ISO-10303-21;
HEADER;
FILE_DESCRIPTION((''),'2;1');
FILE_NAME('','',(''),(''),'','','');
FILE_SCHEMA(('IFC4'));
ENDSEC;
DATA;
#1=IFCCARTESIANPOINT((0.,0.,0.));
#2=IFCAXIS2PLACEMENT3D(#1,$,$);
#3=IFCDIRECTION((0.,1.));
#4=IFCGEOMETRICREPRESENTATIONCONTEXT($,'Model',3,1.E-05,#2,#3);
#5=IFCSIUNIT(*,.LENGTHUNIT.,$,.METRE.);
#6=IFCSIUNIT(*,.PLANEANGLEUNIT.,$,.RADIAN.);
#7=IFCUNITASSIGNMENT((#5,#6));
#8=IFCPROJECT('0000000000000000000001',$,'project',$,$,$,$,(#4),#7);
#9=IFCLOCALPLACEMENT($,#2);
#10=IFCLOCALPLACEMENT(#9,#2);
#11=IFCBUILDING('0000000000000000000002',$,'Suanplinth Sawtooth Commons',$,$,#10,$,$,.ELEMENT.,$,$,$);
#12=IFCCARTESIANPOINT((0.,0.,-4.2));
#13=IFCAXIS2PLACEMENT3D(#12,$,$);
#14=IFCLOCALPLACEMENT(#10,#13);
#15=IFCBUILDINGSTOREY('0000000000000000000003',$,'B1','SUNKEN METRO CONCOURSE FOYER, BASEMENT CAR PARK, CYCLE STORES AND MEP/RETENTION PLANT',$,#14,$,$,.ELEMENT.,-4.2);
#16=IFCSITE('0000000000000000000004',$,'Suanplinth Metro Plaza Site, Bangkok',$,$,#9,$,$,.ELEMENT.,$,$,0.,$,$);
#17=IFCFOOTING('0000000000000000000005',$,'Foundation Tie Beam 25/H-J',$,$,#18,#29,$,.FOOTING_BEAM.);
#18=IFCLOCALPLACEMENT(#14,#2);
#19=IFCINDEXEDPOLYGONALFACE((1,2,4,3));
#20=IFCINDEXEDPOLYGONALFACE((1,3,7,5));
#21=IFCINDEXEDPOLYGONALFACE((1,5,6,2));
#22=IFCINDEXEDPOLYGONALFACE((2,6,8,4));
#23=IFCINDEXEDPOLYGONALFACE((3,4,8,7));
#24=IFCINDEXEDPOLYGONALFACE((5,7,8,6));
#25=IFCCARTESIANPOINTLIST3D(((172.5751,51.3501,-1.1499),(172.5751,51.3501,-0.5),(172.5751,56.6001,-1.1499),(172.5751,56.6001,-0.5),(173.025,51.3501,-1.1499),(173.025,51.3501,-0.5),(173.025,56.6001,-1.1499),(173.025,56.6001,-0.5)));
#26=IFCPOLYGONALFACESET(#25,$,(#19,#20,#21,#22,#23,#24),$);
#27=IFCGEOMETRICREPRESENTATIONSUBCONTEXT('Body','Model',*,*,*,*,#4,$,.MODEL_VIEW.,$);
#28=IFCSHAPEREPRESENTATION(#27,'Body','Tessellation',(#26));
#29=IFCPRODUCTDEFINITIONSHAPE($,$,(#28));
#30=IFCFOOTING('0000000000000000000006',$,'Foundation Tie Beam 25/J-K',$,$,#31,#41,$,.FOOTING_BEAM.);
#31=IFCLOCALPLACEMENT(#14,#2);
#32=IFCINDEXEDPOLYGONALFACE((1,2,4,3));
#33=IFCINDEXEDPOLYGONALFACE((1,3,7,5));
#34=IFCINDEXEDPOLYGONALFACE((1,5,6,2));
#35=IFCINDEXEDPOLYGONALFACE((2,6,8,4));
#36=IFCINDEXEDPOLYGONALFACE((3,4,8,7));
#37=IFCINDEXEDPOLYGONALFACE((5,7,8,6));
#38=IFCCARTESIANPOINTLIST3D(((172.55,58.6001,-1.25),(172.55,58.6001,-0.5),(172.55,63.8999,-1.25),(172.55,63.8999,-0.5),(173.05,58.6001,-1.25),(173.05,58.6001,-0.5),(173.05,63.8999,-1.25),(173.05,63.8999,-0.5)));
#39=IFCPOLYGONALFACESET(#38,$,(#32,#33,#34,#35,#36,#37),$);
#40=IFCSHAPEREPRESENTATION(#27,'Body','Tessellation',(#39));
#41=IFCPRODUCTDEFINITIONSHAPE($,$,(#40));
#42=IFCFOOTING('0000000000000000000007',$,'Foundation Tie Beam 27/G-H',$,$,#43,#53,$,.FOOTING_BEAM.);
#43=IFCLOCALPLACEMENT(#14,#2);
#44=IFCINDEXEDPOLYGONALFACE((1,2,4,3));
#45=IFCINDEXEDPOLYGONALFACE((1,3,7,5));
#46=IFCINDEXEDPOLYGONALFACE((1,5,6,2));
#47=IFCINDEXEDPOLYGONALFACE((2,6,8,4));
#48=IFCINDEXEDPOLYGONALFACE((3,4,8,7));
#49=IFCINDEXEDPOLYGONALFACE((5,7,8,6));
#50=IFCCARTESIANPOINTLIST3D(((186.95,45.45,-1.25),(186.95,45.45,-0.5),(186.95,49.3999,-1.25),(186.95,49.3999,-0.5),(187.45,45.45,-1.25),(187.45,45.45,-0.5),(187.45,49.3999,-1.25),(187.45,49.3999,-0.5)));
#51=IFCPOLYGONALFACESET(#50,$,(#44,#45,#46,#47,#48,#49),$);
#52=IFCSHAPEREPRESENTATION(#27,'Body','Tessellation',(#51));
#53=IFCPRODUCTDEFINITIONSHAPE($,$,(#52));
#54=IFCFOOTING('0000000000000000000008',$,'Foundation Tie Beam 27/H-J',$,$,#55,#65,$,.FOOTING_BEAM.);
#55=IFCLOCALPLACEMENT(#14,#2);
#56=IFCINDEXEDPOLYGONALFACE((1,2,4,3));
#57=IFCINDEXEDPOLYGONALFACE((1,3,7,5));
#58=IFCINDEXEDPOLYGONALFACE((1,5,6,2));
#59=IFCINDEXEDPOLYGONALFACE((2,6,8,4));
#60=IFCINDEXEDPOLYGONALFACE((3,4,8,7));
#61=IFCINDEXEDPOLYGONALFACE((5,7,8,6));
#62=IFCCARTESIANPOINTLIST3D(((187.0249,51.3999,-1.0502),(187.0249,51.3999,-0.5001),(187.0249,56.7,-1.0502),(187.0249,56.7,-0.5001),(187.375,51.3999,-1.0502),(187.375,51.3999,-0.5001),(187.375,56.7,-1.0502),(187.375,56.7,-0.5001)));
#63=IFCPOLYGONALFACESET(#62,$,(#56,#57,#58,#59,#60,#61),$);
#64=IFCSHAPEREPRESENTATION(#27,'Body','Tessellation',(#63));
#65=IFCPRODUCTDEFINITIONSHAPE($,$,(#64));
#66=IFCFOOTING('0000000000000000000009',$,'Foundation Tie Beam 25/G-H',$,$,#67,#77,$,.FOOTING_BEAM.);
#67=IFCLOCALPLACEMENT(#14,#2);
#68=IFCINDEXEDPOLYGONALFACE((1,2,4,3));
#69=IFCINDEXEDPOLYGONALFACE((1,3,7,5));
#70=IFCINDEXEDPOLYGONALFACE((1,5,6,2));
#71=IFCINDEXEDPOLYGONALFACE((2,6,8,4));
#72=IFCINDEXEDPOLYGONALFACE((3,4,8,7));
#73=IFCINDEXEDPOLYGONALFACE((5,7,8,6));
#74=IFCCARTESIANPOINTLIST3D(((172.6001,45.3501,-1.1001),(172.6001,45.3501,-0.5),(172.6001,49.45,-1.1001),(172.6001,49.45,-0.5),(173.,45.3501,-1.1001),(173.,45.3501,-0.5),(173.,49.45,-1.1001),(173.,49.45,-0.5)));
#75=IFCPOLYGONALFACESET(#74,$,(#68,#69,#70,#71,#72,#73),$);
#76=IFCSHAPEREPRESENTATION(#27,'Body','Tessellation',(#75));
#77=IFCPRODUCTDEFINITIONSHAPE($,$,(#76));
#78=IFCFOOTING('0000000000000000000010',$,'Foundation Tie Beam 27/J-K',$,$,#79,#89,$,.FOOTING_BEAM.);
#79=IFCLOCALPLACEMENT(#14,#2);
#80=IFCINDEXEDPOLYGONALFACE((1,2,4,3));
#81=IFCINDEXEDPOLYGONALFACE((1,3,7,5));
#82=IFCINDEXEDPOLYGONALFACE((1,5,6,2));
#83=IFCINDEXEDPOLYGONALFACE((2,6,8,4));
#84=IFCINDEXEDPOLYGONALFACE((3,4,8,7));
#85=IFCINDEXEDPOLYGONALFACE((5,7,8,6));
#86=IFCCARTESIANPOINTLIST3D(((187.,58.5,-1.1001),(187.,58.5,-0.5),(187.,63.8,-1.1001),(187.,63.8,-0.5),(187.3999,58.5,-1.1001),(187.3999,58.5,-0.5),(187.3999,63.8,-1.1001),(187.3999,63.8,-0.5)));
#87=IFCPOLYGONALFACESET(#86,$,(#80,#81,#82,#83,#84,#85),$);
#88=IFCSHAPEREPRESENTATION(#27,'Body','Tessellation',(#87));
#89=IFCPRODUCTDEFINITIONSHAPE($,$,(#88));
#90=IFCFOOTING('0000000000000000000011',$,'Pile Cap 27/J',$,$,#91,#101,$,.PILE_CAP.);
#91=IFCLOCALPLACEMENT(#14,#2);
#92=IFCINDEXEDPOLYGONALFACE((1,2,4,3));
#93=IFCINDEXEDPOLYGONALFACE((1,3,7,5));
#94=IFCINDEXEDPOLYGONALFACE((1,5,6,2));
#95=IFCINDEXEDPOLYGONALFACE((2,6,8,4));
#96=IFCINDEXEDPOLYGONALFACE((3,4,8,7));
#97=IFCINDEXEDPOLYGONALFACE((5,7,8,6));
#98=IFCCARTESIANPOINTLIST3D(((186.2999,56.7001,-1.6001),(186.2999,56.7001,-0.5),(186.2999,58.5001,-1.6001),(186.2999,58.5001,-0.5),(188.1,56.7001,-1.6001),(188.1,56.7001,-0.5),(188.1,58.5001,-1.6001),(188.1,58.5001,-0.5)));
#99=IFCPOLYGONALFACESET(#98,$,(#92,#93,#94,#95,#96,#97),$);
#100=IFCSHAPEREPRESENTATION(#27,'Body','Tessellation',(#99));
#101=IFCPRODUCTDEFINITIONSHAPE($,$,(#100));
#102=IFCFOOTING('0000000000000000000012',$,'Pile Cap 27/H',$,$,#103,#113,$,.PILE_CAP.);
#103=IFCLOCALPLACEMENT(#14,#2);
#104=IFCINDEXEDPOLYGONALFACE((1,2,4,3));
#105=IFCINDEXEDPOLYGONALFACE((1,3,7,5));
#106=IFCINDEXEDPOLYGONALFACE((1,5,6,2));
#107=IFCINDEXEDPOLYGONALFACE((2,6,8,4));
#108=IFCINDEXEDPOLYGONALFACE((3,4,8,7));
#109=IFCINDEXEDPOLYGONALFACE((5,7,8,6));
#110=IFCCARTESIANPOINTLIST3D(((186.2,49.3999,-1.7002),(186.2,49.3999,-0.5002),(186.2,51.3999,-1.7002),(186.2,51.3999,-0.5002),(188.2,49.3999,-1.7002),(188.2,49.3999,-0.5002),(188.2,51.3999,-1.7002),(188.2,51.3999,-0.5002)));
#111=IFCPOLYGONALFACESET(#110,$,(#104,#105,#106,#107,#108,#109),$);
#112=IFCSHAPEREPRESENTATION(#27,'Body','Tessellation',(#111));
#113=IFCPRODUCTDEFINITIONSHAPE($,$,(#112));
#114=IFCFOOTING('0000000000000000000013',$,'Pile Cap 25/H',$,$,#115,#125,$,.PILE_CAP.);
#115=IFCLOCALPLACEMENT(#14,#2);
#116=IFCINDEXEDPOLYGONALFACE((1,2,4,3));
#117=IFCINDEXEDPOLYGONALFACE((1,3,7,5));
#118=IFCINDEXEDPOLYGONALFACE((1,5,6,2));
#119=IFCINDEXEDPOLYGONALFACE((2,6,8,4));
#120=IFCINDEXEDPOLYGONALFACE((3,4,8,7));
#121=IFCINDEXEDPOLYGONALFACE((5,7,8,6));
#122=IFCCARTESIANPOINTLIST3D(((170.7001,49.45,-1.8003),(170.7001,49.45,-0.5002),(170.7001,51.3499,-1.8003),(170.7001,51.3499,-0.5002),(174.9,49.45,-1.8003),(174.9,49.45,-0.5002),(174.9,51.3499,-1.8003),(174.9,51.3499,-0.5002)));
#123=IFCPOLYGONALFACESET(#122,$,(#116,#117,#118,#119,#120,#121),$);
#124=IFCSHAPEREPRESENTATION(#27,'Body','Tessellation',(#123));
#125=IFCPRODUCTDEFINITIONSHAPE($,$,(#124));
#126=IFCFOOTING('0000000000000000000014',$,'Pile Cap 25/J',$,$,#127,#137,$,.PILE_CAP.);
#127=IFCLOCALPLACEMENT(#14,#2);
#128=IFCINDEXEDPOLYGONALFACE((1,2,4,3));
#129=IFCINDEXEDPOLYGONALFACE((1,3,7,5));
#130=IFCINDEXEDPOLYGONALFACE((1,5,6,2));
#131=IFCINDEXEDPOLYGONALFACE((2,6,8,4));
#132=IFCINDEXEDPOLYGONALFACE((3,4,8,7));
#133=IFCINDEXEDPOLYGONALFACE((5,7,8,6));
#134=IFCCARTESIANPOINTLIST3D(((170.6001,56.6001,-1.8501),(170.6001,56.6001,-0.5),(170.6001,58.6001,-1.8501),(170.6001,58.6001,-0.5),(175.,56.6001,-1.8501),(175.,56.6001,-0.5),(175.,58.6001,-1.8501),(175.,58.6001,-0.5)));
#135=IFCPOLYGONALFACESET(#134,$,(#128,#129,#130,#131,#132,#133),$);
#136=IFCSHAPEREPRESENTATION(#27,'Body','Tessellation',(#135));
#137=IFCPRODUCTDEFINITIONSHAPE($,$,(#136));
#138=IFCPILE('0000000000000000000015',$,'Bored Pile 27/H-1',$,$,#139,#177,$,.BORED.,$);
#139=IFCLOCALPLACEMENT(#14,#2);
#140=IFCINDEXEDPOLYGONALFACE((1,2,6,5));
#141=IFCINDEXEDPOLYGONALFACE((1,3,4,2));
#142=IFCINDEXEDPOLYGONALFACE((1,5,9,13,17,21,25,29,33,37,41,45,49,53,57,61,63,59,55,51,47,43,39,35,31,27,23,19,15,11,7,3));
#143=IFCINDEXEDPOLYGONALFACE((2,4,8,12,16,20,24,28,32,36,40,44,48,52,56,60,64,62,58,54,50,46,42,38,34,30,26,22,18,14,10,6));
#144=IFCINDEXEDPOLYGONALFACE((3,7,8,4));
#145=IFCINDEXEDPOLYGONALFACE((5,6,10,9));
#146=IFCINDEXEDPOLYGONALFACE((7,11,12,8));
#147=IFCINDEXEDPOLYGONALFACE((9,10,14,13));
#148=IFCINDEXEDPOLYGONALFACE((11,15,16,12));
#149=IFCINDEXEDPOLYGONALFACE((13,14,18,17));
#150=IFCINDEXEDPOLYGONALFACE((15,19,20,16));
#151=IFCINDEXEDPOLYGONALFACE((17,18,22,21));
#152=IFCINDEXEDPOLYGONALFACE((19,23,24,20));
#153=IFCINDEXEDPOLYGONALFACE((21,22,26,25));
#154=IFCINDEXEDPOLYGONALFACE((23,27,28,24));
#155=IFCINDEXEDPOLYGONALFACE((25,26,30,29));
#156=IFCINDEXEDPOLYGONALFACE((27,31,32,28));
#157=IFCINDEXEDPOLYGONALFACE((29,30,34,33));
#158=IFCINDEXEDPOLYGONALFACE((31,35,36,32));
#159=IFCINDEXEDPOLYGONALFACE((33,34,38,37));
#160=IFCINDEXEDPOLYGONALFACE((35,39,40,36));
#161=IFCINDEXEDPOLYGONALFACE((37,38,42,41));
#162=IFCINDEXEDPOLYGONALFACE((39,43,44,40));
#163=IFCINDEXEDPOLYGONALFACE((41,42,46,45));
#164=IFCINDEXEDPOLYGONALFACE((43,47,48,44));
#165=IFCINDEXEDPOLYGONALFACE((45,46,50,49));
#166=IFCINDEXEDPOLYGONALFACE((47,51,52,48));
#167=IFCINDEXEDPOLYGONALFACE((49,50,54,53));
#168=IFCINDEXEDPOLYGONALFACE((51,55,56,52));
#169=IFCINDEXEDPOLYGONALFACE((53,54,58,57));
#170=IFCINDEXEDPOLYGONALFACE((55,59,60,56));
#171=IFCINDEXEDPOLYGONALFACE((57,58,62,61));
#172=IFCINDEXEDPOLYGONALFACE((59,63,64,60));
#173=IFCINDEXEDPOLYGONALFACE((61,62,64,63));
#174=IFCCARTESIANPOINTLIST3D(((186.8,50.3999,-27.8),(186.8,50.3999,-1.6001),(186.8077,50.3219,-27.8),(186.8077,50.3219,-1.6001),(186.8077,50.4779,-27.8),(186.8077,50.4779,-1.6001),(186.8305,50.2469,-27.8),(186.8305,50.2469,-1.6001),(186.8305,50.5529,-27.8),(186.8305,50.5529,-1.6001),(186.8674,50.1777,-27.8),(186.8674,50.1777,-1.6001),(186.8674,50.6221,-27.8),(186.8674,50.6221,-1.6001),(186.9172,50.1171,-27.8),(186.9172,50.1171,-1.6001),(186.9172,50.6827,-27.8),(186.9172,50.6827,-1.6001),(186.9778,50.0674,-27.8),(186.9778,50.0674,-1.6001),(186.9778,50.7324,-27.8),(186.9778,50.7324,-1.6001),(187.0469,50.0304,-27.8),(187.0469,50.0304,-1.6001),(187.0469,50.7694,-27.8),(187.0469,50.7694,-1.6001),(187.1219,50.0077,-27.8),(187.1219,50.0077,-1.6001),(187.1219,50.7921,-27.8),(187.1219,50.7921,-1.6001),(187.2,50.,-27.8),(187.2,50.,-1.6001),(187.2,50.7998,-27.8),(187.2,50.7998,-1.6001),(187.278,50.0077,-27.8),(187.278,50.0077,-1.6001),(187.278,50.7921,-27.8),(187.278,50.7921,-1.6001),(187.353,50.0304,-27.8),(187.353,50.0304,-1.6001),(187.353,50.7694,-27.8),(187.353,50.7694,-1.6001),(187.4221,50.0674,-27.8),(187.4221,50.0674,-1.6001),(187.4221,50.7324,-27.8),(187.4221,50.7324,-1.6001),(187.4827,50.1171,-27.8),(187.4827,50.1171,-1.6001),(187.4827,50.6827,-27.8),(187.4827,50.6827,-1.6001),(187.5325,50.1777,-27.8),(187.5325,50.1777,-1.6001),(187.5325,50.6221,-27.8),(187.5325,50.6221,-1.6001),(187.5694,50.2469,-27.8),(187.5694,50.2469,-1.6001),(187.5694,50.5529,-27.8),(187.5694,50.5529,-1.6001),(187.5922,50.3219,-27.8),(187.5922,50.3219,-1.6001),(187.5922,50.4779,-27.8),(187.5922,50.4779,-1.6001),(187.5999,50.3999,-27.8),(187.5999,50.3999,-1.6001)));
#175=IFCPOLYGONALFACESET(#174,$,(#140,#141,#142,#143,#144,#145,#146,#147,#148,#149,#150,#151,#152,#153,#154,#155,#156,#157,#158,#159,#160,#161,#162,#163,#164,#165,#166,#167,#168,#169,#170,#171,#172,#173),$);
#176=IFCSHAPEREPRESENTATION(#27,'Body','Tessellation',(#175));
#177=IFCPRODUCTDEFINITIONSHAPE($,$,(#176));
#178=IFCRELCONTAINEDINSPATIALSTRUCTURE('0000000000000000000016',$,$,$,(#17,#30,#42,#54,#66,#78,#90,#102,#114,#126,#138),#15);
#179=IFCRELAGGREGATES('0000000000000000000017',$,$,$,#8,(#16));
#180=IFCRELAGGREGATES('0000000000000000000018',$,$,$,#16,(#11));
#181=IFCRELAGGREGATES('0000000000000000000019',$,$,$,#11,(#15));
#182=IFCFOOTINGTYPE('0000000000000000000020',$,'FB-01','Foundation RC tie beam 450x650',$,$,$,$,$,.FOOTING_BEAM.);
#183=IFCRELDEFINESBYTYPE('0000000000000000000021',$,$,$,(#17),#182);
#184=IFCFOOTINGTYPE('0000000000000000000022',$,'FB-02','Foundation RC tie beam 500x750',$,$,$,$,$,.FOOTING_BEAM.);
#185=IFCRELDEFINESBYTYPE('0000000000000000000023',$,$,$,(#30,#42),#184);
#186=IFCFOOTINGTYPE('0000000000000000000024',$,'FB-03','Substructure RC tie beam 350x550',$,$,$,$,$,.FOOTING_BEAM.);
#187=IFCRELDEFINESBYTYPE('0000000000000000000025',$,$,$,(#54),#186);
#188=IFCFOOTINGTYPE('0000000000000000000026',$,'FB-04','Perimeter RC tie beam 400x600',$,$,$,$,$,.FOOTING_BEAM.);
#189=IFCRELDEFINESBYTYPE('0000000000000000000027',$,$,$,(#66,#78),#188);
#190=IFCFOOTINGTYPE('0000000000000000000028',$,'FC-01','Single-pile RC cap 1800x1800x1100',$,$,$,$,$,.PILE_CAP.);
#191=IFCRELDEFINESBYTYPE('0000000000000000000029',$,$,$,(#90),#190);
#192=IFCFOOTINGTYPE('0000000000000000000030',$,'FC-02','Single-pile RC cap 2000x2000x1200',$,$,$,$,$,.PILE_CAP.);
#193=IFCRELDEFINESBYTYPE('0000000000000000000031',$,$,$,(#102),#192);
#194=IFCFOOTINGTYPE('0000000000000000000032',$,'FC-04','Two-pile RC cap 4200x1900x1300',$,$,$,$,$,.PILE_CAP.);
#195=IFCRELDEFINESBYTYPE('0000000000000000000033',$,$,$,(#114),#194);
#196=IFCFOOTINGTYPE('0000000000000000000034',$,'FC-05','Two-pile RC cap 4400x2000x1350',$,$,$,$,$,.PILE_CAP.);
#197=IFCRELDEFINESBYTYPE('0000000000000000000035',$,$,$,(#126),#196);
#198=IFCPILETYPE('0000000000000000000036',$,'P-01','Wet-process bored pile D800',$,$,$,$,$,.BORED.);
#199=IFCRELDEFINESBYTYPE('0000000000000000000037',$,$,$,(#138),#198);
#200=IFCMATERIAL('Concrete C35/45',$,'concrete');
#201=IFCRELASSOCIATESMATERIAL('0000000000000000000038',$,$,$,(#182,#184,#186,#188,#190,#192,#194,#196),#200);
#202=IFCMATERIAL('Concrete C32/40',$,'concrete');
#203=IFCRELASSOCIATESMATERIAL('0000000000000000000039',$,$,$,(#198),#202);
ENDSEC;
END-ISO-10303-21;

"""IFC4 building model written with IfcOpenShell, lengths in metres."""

from ifc_helpers import new_model, si_unit, direction, frame, origin, origin_2d, place, context, subcontext, project, spatial, rectangle, circle, extrude, material, material_profile, profile_set, type_object, element, save


model = new_model("IFC4")

# Units and contexts
model_context = context("Model", 3, precision=1e-05, world=origin(), true_north=direction((0.0, 1.0)))
body_context = subcontext(model_context, "Body", "Model", "MODEL_VIEW")
ifc_project = project(units=[si_unit("LENGTHUNIT", "METRE"), si_unit("PLANEANGLEUNIT", "RADIAN")], contexts=[model_context])

# Site, building, storey
site_placement = place(None, origin())
site = spatial("IfcSite", under=ifc_project, at=site_placement, Name="Suanplinth Metro Plaza Site, Bangkok", CompositionType="ELEMENT", RefElevation=0.0)
building_placement = place(site_placement, origin())
building = spatial("IfcBuilding", under=site, at=building_placement, Name="Suanplinth Sawtooth Commons", CompositionType="ELEMENT")
storey_placement = place(building_placement, frame((0.0, 0.0, -4.2)))
storey = spatial("IfcBuildingStorey", under=building, at=storey_placement, Name="B1", Description="SUNKEN METRO CONCOURSE FOYER, BASEMENT CAR PARK, CYCLE STORES AND MEP/RETENTION PLANT", CompositionType="ELEMENT", Elevation=-4.2)

# Footings
ifc_material_1 = material(Name="Concrete C35/45", Category="concrete")
ifc_material_profile_1 = material_profile(ifc_material_1, rectangle(XDim=0.45, YDim=0.6499, at=origin_2d()), Name="PC-GDR 450x650")
ifc_profile_set_1 = profile_set([ifc_material_profile_1], Name="Concrete C35/45")
footing_type_1 = type_object("IfcFootingType", Name="FB-01", Description="Foundation RC tie beam 450x650", PredefinedType="FOOTING_BEAM", material=ifc_profile_set_1)
footing_1_placement = place(storey_placement, frame((172.8, 51.3501, -0.825), z_axis=(0.0, 1.0, 0.0), x_axis=(-1.0, 0.0, 0.0)))
element("IfcFooting", 1, at=footing_1_placement, inside=storey, type_object=footing_type_1, Name="Foundation Tie Beam 25/H-J", PredefinedType="FOOTING_BEAM", context=body_context, shape_type="SweptSolid", body=[
    extrude(rectangle(XDim=0.45, YDim=0.6499, at=origin_2d()), origin(), (0.0, 0.0, 1.0), 5.25),
])
ifc_material_profile_2 = material_profile(ifc_material_1, rectangle(XDim=0.5, YDim=0.75, at=origin_2d()), Name="RC-GDR 500x750")
ifc_profile_set_2 = profile_set([ifc_material_profile_2], Name="Concrete C35/45")
footing_type_2 = type_object("IfcFootingType", Name="FB-02", Description="Foundation RC tie beam 500x750", PredefinedType="FOOTING_BEAM", material=ifc_profile_set_2)
footing_2_placement = place(storey_placement, frame((172.8, 58.6001, -0.875), z_axis=(0.0, 1.0, 0.0), x_axis=(-1.0, 0.0, 0.0)))
element("IfcFooting", 2, at=footing_2_placement, inside=storey, type_object=footing_type_2, Name="Foundation Tie Beam 25/J-K", PredefinedType="FOOTING_BEAM", context=body_context, shape_type="SweptSolid", body=[
    extrude(rectangle(XDim=0.5, YDim=0.75, at=origin_2d()), origin(), (0.0, 0.0, 1.0), 5.2998),
])
footing_3_placement = place(storey_placement, frame((187.2, 45.45, -0.875), z_axis=(0.0, 1.0, 0.0), x_axis=(-1.0, 0.0, 0.0)))
element("IfcFooting", 3, at=footing_3_placement, inside=storey, type_object=footing_type_2, Name="Foundation Tie Beam 27/G-H", PredefinedType="FOOTING_BEAM", context=body_context, shape_type="SweptSolid", body=[
    extrude(rectangle(XDim=0.5, YDim=0.75, at=origin_2d()), origin(), (0.0, 0.0, 1.0), 3.95),
])
ifc_material_profile_3 = material_profile(ifc_material_1, rectangle(XDim=0.3501, YDim=0.55, at=origin_2d()), Name="PC-BM 350x550")
ifc_profile_set_3 = profile_set([ifc_material_profile_3], Name="Concrete C35/45")
footing_type_3 = type_object("IfcFootingType", Name="FB-03", Description="Substructure RC tie beam 350x550", PredefinedType="FOOTING_BEAM", material=ifc_profile_set_3)
footing_4_placement = place(storey_placement, frame((187.2, 51.3999, -0.7751), z_axis=(0.0, 1.0, 0.0), x_axis=(-1.0, 0.0, 0.0)))
element("IfcFooting", 4, at=footing_4_placement, inside=storey, type_object=footing_type_3, Name="Foundation Tie Beam 27/H-J", PredefinedType="FOOTING_BEAM", context=body_context, shape_type="SweptSolid", body=[
    extrude(rectangle(XDim=0.3501, YDim=0.55, at=origin_2d()), origin(), (0.0, 0.0, 1.0), 5.3),
])
ifc_material_profile_4 = material_profile(ifc_material_1, rectangle(XDim=0.3999, YDim=0.6001, at=origin_2d()), Name="PC-GDR 400x600")
ifc_profile_set_4 = profile_set([ifc_material_profile_4], Name="Concrete C35/45")
footing_type_4 = type_object("IfcFootingType", Name="FB-04", Description="Perimeter RC tie beam 400x600", PredefinedType="FOOTING_BEAM", material=ifc_profile_set_4)
footing_5_placement = place(storey_placement, frame((172.8, 45.3501, -0.8), z_axis=(0.0, 1.0, 0.0), x_axis=(-1.0, 0.0, 0.0)))
element("IfcFooting", 5, at=footing_5_placement, inside=storey, type_object=footing_type_4, Name="Foundation Tie Beam 25/G-H", PredefinedType="FOOTING_BEAM", context=body_context, shape_type="SweptSolid", body=[
    extrude(rectangle(XDim=0.3999, YDim=0.6001, at=origin_2d()), origin(), (0.0, 0.0, 1.0), 4.0999),
])
footing_6_placement = place(storey_placement, frame((187.2, 58.5, -0.8), z_axis=(0.0, 1.0, 0.0), x_axis=(-1.0, 0.0, 0.0)))
element("IfcFooting", 6, at=footing_6_placement, inside=storey, type_object=footing_type_4, Name="Foundation Tie Beam 27/J-K", PredefinedType="FOOTING_BEAM", context=body_context, shape_type="SweptSolid", body=[
    extrude(rectangle(XDim=0.3999, YDim=0.6001, at=origin_2d()), origin(), (0.0, 0.0, 1.0), 5.3),
])
footing_type_5 = type_object("IfcFootingType", Name="FC-01", Description="Single-pile RC cap 1800x1800x1100", PredefinedType="PILE_CAP", material=ifc_material_1)
footing_7_placement = place(storey_placement, frame((187.2, 57.6001, -1.6001), z_axis=(0.0, 0.0, 1.0), x_axis=(1.0, 0.0, 0.0)))
element("IfcFooting", 7, at=footing_7_placement, inside=storey, type_object=footing_type_5, Name="Pile Cap 27/J", PredefinedType="PILE_CAP", context=body_context, shape_type="SweptSolid", body=[
    extrude(rectangle(XDim=1.8, YDim=1.8, at=origin_2d()), origin(), (0.0, 0.0, 1.0), 1.1001),
])
footing_type_6 = type_object("IfcFootingType", Name="FC-02", Description="Single-pile RC cap 2000x2000x1200", PredefinedType="PILE_CAP", material=ifc_material_1)
footing_8_placement = place(storey_placement, frame((187.2, 50.3999, -1.7002), z_axis=(0.0, 0.0, 1.0), x_axis=(1.0, 0.0, 0.0)))
element("IfcFooting", 8, at=footing_8_placement, inside=storey, type_object=footing_type_6, Name="Pile Cap 27/H", PredefinedType="PILE_CAP", context=body_context, shape_type="SweptSolid", body=[
    extrude(rectangle(XDim=2.0, YDim=2.0, at=origin_2d()), origin(), (0.0, 0.0, 1.0), 1.2),
])
footing_type_7 = type_object("IfcFootingType", Name="FC-04", Description="Two-pile RC cap 4200x1900x1300", PredefinedType="PILE_CAP", material=ifc_material_1)
footing_9_placement = place(storey_placement, frame((172.8, 50.3999, -1.8003), z_axis=(0.0, 0.0, 1.0), x_axis=(1.0, 0.0, 0.0)))
element("IfcFooting", 9, at=footing_9_placement, inside=storey, type_object=footing_type_7, Name="Pile Cap 25/H", PredefinedType="PILE_CAP", context=body_context, shape_type="SweptSolid", body=[
    extrude(rectangle(XDim=4.2, YDim=1.8999, at=origin_2d()), origin(), (0.0, 0.0, 1.0), 1.3),
])
footing_type_8 = type_object("IfcFootingType", Name="FC-05", Description="Two-pile RC cap 4400x2000x1350", PredefinedType="PILE_CAP", material=ifc_material_1)
footing_10_placement = place(storey_placement, frame((172.8, 57.6001, -1.8501), z_axis=(0.0, 0.0, 1.0), x_axis=(1.0, 0.0, 0.0)))
element("IfcFooting", 10, at=footing_10_placement, inside=storey, type_object=footing_type_8, Name="Pile Cap 25/J", PredefinedType="PILE_CAP", context=body_context, shape_type="SweptSolid", body=[
    extrude(rectangle(XDim=4.3999, YDim=2.0, at=origin_2d()), origin(), (0.0, 0.0, 1.0), 1.3501),
])

# Pile
ifc_material_2 = material(Name="Concrete C32/40", Category="concrete")
ifc_material_profile_5 = material_profile(ifc_material_2, circle(Radius=0.3999, at=origin_2d()), Name="PILE D800")
ifc_profile_set_5 = profile_set([ifc_material_profile_5], Name="Concrete C32/40")
pile_type_1 = type_object("IfcPileType", Name="P-01", Description="Wet-process bored pile D800", PredefinedType="BORED", material=ifc_profile_set_5)
pile_1_placement = place(storey_placement, frame((187.2, 50.3999, -1.6001), z_axis=(0.0, 0.0, -1.0), x_axis=(1.0, 0.0, 0.0)))
element("IfcPile", 11, at=pile_1_placement, inside=storey, type_object=pile_type_1, Name="Bored Pile 27/H-1", PredefinedType="BORED", context=body_context, shape_type="SweptSolid", body=[
    extrude(circle(Radius=0.3999, at=origin_2d()), origin(), (0.0, 0.0, 1.0), 26.2),
])

save(model, "model.ifc")
